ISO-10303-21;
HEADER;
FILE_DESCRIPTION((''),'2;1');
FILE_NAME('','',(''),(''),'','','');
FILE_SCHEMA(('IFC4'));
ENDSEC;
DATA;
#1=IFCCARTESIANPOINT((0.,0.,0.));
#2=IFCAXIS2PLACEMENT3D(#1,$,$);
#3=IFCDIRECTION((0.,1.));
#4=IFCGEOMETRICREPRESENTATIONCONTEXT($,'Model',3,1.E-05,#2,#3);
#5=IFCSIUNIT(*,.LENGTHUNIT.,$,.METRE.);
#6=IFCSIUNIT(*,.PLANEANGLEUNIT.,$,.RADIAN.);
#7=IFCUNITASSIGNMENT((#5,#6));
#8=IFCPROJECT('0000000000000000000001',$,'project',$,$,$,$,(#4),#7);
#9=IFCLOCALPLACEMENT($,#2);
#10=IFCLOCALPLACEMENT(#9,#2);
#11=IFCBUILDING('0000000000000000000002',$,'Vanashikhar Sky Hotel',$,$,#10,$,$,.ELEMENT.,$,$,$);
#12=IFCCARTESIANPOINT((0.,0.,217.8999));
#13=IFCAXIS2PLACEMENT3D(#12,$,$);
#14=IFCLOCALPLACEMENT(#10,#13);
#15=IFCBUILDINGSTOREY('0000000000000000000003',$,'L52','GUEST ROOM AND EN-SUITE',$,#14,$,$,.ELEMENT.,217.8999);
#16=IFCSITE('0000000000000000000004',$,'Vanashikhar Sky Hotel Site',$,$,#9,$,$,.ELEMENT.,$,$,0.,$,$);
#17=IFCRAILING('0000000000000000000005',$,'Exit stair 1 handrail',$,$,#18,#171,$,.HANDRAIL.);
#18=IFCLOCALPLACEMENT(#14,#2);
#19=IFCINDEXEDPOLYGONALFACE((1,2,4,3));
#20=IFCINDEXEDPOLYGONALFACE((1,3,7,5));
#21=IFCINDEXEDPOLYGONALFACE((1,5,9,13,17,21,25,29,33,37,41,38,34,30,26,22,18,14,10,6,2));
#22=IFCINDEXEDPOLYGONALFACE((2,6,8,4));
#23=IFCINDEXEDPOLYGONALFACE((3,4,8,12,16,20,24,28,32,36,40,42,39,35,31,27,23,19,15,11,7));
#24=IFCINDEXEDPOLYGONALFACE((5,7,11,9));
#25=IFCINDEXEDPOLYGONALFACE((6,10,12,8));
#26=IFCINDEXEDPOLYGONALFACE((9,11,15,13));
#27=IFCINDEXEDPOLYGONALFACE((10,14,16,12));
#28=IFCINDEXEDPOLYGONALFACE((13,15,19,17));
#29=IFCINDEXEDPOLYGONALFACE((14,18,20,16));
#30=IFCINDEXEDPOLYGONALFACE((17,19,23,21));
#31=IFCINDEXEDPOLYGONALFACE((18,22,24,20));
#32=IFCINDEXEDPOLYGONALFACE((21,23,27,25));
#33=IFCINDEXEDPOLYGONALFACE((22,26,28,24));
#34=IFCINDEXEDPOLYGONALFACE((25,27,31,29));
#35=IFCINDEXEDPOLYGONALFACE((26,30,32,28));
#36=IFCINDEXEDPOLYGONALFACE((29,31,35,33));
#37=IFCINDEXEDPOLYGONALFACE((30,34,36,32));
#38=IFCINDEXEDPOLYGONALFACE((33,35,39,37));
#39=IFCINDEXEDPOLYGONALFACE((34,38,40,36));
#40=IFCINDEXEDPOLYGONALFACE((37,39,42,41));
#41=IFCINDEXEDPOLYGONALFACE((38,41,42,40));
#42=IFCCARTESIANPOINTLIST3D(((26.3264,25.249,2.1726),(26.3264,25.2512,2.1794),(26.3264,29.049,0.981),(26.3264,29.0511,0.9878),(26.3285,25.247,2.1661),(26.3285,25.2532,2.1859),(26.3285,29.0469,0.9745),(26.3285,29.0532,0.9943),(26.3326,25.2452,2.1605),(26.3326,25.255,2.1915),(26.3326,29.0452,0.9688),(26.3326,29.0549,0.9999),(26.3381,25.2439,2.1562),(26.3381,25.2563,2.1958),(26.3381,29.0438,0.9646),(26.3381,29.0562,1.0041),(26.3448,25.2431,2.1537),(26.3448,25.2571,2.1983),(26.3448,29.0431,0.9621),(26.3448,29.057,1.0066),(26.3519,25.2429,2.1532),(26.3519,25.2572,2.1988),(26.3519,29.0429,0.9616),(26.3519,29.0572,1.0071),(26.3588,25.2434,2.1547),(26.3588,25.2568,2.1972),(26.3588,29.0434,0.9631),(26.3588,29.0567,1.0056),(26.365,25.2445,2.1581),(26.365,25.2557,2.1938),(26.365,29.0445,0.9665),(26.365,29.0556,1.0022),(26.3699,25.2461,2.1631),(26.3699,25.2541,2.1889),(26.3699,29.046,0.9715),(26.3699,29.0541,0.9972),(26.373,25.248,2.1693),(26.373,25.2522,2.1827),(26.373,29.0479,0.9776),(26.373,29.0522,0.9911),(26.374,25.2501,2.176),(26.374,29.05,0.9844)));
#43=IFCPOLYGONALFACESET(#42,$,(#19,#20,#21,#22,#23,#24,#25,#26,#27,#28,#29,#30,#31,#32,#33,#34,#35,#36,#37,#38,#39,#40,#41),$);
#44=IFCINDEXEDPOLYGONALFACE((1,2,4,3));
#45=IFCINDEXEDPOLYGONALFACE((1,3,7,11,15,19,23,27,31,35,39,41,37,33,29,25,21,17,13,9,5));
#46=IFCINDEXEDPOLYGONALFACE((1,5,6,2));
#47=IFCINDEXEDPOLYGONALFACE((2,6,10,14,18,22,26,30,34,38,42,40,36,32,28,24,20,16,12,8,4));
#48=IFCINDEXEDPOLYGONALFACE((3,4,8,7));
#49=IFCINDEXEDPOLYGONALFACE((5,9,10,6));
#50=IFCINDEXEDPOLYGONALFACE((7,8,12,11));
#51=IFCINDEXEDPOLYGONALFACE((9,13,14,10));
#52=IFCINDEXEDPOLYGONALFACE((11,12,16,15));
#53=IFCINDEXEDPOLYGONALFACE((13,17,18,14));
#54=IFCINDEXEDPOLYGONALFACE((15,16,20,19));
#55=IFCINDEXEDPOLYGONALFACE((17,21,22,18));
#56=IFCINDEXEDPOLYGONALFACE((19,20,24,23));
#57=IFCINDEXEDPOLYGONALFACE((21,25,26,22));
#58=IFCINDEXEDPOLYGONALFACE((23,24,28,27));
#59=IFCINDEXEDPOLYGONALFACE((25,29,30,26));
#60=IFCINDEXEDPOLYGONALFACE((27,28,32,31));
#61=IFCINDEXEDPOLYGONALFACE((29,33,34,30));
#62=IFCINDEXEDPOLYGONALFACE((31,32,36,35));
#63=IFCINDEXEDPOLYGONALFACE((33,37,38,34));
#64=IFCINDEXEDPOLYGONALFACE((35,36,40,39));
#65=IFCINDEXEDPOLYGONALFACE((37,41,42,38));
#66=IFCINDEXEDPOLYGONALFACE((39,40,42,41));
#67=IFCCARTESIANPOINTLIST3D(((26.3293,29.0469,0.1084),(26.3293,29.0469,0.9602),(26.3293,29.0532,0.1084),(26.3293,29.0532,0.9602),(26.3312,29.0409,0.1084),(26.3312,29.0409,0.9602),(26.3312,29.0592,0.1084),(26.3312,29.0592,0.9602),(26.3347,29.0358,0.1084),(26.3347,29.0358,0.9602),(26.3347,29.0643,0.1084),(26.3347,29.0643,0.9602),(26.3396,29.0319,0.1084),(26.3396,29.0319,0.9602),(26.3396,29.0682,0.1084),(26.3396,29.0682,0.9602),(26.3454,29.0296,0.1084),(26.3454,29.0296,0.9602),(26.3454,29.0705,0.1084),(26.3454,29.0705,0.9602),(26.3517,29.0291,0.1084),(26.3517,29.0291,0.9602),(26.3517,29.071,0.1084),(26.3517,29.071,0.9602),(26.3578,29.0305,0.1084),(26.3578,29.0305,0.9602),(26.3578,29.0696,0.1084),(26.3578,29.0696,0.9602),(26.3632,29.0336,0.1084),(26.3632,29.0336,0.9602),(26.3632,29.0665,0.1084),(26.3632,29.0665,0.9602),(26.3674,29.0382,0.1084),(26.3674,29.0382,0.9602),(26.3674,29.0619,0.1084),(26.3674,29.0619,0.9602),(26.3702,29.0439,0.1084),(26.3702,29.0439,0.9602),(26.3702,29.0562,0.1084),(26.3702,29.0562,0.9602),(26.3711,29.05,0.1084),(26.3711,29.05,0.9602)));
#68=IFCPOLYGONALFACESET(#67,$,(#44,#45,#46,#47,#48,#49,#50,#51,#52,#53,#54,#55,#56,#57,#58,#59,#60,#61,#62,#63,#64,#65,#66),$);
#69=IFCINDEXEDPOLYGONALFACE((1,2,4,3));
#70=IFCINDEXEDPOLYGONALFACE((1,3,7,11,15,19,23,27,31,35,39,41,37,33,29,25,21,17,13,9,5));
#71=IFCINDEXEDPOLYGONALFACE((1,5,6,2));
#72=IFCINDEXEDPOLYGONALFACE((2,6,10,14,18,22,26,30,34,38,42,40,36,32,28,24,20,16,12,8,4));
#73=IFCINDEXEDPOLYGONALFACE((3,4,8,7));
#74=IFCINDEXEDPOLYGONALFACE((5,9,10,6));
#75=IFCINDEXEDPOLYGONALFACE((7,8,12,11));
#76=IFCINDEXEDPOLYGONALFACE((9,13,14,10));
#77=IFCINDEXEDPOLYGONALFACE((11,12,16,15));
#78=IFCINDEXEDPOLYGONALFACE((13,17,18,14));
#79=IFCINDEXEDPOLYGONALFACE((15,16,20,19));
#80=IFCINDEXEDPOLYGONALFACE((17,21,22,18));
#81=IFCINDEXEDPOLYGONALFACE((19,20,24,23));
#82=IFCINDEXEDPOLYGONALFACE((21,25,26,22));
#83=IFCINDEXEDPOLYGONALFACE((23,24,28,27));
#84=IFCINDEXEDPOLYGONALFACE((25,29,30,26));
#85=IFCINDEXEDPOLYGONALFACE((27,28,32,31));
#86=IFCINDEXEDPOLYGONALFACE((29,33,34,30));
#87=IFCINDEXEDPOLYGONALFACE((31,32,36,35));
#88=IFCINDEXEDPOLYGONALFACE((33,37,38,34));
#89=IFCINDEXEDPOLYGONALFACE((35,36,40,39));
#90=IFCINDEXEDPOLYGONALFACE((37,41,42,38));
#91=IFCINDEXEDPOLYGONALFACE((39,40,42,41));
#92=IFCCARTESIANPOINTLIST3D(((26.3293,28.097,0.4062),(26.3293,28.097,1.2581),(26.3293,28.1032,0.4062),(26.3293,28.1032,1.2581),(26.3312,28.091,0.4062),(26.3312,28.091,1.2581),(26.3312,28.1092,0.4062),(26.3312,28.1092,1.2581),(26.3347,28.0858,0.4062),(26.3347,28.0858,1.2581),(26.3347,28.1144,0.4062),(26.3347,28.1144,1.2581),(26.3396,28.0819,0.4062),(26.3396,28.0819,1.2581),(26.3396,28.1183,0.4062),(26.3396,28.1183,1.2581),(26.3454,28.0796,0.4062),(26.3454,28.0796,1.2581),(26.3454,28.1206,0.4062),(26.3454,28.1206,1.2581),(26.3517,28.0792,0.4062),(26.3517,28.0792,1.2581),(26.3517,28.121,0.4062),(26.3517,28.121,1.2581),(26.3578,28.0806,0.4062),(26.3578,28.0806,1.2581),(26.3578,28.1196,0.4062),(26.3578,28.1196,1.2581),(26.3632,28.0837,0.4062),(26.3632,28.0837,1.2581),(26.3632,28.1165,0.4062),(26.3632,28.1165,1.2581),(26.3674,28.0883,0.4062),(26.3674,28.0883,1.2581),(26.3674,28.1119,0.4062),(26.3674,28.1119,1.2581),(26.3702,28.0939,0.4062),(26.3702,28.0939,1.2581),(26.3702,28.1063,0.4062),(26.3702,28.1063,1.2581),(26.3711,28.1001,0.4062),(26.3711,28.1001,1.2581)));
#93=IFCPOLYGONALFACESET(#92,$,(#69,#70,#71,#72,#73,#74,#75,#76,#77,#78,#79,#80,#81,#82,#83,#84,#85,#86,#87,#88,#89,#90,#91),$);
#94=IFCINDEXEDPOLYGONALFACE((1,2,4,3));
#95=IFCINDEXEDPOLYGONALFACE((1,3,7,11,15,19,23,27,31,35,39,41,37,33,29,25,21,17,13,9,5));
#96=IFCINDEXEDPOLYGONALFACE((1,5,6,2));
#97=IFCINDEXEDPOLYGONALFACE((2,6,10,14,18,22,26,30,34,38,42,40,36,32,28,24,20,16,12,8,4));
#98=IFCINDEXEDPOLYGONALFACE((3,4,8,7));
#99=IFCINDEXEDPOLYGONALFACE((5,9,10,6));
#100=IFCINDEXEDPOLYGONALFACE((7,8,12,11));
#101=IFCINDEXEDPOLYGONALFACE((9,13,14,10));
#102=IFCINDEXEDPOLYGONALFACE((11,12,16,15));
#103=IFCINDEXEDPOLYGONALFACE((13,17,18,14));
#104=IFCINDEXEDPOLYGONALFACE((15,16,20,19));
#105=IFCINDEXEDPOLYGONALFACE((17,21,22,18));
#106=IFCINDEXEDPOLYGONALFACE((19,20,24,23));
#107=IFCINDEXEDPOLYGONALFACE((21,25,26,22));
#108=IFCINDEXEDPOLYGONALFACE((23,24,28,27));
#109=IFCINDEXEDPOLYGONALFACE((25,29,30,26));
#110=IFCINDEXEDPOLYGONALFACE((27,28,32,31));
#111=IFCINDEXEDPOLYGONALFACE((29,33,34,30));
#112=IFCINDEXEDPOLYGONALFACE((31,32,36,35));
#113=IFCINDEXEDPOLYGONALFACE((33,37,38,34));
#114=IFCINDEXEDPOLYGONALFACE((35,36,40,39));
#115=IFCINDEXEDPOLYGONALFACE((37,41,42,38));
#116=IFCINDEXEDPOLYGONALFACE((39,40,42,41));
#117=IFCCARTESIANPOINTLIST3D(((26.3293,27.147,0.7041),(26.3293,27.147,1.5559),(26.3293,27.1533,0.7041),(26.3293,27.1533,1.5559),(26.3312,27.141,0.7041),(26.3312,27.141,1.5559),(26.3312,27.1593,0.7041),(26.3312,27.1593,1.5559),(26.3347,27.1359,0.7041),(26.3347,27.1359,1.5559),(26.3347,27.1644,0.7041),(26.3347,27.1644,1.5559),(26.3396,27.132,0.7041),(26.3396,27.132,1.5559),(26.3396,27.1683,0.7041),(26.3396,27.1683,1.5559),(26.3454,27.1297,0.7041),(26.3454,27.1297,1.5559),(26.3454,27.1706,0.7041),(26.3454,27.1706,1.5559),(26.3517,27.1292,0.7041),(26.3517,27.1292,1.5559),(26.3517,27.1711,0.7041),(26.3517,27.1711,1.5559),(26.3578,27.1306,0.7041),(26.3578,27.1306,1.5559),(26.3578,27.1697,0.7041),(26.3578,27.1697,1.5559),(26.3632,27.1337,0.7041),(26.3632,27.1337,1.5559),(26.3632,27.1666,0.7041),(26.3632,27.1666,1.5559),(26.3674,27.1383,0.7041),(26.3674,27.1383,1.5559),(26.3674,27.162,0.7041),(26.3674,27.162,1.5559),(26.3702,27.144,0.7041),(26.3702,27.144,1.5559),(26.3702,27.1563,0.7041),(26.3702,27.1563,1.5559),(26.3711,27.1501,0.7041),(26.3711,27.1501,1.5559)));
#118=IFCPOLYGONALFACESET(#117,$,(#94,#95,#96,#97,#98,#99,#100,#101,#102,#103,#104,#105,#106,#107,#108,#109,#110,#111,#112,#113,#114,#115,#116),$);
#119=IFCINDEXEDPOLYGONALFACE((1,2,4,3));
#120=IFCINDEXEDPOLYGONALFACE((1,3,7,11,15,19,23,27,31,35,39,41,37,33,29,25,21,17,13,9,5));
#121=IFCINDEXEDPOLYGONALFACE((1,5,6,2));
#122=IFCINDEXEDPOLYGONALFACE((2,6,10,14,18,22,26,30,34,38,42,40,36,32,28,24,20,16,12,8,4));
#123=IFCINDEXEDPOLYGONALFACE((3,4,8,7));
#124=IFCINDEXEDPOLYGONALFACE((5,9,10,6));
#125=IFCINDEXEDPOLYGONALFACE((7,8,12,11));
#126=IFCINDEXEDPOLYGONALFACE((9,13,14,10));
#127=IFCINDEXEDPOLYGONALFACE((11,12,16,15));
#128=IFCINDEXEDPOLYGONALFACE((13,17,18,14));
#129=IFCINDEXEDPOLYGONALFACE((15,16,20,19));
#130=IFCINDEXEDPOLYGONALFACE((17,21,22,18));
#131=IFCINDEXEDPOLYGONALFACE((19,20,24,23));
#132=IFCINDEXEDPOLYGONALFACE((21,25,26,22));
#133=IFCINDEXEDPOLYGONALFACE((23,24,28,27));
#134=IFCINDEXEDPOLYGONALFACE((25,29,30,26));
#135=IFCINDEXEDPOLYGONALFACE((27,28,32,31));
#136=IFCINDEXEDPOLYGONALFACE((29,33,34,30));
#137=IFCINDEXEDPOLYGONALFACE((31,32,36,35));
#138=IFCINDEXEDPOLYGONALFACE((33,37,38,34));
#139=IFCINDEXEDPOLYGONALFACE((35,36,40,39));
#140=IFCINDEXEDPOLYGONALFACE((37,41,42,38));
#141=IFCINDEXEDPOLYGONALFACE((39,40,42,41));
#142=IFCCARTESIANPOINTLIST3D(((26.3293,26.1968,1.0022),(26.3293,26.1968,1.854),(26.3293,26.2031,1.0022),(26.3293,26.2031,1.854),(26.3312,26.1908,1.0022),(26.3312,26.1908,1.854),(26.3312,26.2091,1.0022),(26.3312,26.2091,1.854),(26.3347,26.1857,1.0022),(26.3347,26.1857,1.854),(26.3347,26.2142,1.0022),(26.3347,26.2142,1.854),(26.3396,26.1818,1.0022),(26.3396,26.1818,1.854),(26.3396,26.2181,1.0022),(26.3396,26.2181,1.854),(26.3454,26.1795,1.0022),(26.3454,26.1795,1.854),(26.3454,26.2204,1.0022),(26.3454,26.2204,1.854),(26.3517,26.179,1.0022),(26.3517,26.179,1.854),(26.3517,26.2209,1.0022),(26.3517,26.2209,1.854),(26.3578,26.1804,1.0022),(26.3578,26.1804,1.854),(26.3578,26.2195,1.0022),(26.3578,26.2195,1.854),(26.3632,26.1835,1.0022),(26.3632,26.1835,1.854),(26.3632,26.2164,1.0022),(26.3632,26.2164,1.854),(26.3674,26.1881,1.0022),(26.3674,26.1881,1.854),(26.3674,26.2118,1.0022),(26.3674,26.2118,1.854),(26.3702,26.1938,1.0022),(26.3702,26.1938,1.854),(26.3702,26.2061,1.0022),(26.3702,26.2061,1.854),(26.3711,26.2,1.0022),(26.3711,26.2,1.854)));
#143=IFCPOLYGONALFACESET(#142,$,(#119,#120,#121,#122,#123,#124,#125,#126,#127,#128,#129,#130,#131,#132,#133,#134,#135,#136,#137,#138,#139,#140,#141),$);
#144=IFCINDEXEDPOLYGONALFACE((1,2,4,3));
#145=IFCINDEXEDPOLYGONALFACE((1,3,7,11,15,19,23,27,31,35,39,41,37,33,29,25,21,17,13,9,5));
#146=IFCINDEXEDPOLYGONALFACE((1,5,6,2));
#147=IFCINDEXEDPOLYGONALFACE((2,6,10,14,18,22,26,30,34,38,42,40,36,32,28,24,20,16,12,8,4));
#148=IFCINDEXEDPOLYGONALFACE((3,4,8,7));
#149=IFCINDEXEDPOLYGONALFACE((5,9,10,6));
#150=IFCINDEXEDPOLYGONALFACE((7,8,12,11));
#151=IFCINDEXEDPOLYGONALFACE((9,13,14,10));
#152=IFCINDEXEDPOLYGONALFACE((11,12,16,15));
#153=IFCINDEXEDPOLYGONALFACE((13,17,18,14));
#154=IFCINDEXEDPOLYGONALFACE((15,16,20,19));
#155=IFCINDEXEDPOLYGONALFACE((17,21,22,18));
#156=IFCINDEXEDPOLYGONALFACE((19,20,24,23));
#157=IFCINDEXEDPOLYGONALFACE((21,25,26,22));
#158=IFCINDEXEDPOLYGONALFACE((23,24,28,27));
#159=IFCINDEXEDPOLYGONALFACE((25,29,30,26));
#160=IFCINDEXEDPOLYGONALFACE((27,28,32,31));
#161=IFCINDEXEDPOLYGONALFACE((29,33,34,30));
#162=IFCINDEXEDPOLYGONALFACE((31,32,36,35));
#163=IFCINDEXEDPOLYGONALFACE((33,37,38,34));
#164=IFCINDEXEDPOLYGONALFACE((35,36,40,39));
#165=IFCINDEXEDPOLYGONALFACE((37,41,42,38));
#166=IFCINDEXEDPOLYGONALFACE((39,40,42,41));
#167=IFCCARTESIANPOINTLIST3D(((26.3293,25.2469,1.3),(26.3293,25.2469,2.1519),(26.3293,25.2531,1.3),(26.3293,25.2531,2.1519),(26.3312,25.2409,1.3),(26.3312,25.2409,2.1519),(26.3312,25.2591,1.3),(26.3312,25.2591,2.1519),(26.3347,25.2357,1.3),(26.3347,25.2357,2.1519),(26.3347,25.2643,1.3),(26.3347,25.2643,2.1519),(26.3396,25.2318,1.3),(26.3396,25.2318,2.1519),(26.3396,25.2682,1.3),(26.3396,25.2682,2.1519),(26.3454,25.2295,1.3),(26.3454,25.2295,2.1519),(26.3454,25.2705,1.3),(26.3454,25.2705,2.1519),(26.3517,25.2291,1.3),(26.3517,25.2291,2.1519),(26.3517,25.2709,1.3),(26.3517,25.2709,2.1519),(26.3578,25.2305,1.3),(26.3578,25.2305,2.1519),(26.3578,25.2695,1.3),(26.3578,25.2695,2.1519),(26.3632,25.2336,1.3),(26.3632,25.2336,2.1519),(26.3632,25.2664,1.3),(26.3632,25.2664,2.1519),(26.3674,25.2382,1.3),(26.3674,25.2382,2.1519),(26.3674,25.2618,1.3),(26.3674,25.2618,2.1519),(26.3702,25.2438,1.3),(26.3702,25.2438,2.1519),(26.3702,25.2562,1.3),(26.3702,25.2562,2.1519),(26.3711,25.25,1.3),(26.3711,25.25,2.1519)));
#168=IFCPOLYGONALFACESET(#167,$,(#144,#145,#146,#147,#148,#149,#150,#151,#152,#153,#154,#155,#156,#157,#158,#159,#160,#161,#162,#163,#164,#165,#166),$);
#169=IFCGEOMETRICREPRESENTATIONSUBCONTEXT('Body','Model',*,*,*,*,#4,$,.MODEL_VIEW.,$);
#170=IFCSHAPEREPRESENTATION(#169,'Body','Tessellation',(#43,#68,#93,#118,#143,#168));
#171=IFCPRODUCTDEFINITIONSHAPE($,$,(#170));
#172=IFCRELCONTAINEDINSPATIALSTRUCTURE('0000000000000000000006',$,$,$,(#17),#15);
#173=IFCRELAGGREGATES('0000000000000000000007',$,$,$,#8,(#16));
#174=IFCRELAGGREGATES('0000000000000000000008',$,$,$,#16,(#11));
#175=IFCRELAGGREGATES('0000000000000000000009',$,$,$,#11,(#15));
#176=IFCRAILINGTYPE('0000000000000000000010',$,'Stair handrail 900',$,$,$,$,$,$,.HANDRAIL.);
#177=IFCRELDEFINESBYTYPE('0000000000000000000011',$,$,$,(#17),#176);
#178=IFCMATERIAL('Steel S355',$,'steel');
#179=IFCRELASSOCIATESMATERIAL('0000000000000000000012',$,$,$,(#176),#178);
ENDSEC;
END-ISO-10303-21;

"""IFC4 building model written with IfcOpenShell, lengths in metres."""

from ifc_helpers import new_model, si_unit, direction, frame, origin, origin_2d, place, context, subcontext, project, spatial, circle, extrude, source, transform, mapped, material, type_object, element, save


model = new_model("IFC4")

# Units and contexts
model_context = context("Model", 3, precision=1e-05, world=origin(), true_north=direction((0.0, 1.0)))
body_context = subcontext(model_context, "Body", "Model", "MODEL_VIEW")
ifc_project = project(units=[si_unit("LENGTHUNIT", "METRE"), si_unit("PLANEANGLEUNIT", "RADIAN")], contexts=[model_context])

# Site, building, storey
site_placement = place(None, origin())
site = spatial("IfcSite", under=ifc_project, at=site_placement, Name="Vanashikhar Sky Hotel Site", CompositionType="ELEMENT", RefElevation=0.0)
building_placement = place(site_placement, origin())
building = spatial("IfcBuilding", under=site, at=building_placement, Name="Vanashikhar Sky Hotel", CompositionType="ELEMENT")
storey_placement = place(building_placement, frame((0.0, 0.0, 217.8999)))
storey = spatial("IfcBuildingStorey", under=building, at=storey_placement, Name="L52", Description="GUEST ROOM AND EN-SUITE", CompositionType="ELEMENT", Elevation=217.8999)

# Railing
ifc_material_1 = material(Name="Steel S355", Category="steel")
railing_type_1 = type_object("IfcRailingType", Name="Stair handrail 900", PredefinedType="HANDRAIL", material=ifc_material_1)
shared_shape_1 = source(origin(), body_context, "Body", "SweptSolid", [
    extrude(circle(Radius=0.0239, at=origin_2d()), frame((0.0, 0.0, 0.876), z_axis=(0.0, -0.954184, 0.299221), x_axis=(1.0, 0.0, 0.0)), (0.0, 0.0, 1.0), 3.9824),
    extrude(circle(Radius=0.021, at=origin_2d()), origin(), (0.0, 0.0, 1.0), 0.8518),
    extrude(circle(Radius=0.021, at=origin_2d()), frame((0.0, -0.95, 0.2979)), (0.0, 0.0, 1.0), 0.8518),
    extrude(circle(Radius=0.021, at=origin_2d()), frame((0.0, -1.8999, 0.5957)), (0.0, 0.0, 1.0), 0.8518),
    extrude(circle(Radius=0.021, at=origin_2d()), frame((0.0, -2.8501, 0.8938)), (0.0, 0.0, 1.0), 0.8518),
    extrude(circle(Radius=0.021, at=origin_2d()), frame((0.0, -3.8, 1.1917)), (0.0, 0.0, 1.0), 0.8518),
])
for number, where, name in (
    (1, (26.3501, 29.05, 0.1084), "Exit stair 1 handrail"),
):
    element("IfcRailing", number, at=place(storey_placement, frame(where)), inside=storey, type_object=railing_type_1, Name=name, PredefinedType="HANDRAIL", context=body_context, shape_type="MappedRepresentation", body=[
        mapped(shared_shape_1, transform((0.0, 0.0, 0.0), scale=1.0)),
    ])

save(model, "model.ifc")
